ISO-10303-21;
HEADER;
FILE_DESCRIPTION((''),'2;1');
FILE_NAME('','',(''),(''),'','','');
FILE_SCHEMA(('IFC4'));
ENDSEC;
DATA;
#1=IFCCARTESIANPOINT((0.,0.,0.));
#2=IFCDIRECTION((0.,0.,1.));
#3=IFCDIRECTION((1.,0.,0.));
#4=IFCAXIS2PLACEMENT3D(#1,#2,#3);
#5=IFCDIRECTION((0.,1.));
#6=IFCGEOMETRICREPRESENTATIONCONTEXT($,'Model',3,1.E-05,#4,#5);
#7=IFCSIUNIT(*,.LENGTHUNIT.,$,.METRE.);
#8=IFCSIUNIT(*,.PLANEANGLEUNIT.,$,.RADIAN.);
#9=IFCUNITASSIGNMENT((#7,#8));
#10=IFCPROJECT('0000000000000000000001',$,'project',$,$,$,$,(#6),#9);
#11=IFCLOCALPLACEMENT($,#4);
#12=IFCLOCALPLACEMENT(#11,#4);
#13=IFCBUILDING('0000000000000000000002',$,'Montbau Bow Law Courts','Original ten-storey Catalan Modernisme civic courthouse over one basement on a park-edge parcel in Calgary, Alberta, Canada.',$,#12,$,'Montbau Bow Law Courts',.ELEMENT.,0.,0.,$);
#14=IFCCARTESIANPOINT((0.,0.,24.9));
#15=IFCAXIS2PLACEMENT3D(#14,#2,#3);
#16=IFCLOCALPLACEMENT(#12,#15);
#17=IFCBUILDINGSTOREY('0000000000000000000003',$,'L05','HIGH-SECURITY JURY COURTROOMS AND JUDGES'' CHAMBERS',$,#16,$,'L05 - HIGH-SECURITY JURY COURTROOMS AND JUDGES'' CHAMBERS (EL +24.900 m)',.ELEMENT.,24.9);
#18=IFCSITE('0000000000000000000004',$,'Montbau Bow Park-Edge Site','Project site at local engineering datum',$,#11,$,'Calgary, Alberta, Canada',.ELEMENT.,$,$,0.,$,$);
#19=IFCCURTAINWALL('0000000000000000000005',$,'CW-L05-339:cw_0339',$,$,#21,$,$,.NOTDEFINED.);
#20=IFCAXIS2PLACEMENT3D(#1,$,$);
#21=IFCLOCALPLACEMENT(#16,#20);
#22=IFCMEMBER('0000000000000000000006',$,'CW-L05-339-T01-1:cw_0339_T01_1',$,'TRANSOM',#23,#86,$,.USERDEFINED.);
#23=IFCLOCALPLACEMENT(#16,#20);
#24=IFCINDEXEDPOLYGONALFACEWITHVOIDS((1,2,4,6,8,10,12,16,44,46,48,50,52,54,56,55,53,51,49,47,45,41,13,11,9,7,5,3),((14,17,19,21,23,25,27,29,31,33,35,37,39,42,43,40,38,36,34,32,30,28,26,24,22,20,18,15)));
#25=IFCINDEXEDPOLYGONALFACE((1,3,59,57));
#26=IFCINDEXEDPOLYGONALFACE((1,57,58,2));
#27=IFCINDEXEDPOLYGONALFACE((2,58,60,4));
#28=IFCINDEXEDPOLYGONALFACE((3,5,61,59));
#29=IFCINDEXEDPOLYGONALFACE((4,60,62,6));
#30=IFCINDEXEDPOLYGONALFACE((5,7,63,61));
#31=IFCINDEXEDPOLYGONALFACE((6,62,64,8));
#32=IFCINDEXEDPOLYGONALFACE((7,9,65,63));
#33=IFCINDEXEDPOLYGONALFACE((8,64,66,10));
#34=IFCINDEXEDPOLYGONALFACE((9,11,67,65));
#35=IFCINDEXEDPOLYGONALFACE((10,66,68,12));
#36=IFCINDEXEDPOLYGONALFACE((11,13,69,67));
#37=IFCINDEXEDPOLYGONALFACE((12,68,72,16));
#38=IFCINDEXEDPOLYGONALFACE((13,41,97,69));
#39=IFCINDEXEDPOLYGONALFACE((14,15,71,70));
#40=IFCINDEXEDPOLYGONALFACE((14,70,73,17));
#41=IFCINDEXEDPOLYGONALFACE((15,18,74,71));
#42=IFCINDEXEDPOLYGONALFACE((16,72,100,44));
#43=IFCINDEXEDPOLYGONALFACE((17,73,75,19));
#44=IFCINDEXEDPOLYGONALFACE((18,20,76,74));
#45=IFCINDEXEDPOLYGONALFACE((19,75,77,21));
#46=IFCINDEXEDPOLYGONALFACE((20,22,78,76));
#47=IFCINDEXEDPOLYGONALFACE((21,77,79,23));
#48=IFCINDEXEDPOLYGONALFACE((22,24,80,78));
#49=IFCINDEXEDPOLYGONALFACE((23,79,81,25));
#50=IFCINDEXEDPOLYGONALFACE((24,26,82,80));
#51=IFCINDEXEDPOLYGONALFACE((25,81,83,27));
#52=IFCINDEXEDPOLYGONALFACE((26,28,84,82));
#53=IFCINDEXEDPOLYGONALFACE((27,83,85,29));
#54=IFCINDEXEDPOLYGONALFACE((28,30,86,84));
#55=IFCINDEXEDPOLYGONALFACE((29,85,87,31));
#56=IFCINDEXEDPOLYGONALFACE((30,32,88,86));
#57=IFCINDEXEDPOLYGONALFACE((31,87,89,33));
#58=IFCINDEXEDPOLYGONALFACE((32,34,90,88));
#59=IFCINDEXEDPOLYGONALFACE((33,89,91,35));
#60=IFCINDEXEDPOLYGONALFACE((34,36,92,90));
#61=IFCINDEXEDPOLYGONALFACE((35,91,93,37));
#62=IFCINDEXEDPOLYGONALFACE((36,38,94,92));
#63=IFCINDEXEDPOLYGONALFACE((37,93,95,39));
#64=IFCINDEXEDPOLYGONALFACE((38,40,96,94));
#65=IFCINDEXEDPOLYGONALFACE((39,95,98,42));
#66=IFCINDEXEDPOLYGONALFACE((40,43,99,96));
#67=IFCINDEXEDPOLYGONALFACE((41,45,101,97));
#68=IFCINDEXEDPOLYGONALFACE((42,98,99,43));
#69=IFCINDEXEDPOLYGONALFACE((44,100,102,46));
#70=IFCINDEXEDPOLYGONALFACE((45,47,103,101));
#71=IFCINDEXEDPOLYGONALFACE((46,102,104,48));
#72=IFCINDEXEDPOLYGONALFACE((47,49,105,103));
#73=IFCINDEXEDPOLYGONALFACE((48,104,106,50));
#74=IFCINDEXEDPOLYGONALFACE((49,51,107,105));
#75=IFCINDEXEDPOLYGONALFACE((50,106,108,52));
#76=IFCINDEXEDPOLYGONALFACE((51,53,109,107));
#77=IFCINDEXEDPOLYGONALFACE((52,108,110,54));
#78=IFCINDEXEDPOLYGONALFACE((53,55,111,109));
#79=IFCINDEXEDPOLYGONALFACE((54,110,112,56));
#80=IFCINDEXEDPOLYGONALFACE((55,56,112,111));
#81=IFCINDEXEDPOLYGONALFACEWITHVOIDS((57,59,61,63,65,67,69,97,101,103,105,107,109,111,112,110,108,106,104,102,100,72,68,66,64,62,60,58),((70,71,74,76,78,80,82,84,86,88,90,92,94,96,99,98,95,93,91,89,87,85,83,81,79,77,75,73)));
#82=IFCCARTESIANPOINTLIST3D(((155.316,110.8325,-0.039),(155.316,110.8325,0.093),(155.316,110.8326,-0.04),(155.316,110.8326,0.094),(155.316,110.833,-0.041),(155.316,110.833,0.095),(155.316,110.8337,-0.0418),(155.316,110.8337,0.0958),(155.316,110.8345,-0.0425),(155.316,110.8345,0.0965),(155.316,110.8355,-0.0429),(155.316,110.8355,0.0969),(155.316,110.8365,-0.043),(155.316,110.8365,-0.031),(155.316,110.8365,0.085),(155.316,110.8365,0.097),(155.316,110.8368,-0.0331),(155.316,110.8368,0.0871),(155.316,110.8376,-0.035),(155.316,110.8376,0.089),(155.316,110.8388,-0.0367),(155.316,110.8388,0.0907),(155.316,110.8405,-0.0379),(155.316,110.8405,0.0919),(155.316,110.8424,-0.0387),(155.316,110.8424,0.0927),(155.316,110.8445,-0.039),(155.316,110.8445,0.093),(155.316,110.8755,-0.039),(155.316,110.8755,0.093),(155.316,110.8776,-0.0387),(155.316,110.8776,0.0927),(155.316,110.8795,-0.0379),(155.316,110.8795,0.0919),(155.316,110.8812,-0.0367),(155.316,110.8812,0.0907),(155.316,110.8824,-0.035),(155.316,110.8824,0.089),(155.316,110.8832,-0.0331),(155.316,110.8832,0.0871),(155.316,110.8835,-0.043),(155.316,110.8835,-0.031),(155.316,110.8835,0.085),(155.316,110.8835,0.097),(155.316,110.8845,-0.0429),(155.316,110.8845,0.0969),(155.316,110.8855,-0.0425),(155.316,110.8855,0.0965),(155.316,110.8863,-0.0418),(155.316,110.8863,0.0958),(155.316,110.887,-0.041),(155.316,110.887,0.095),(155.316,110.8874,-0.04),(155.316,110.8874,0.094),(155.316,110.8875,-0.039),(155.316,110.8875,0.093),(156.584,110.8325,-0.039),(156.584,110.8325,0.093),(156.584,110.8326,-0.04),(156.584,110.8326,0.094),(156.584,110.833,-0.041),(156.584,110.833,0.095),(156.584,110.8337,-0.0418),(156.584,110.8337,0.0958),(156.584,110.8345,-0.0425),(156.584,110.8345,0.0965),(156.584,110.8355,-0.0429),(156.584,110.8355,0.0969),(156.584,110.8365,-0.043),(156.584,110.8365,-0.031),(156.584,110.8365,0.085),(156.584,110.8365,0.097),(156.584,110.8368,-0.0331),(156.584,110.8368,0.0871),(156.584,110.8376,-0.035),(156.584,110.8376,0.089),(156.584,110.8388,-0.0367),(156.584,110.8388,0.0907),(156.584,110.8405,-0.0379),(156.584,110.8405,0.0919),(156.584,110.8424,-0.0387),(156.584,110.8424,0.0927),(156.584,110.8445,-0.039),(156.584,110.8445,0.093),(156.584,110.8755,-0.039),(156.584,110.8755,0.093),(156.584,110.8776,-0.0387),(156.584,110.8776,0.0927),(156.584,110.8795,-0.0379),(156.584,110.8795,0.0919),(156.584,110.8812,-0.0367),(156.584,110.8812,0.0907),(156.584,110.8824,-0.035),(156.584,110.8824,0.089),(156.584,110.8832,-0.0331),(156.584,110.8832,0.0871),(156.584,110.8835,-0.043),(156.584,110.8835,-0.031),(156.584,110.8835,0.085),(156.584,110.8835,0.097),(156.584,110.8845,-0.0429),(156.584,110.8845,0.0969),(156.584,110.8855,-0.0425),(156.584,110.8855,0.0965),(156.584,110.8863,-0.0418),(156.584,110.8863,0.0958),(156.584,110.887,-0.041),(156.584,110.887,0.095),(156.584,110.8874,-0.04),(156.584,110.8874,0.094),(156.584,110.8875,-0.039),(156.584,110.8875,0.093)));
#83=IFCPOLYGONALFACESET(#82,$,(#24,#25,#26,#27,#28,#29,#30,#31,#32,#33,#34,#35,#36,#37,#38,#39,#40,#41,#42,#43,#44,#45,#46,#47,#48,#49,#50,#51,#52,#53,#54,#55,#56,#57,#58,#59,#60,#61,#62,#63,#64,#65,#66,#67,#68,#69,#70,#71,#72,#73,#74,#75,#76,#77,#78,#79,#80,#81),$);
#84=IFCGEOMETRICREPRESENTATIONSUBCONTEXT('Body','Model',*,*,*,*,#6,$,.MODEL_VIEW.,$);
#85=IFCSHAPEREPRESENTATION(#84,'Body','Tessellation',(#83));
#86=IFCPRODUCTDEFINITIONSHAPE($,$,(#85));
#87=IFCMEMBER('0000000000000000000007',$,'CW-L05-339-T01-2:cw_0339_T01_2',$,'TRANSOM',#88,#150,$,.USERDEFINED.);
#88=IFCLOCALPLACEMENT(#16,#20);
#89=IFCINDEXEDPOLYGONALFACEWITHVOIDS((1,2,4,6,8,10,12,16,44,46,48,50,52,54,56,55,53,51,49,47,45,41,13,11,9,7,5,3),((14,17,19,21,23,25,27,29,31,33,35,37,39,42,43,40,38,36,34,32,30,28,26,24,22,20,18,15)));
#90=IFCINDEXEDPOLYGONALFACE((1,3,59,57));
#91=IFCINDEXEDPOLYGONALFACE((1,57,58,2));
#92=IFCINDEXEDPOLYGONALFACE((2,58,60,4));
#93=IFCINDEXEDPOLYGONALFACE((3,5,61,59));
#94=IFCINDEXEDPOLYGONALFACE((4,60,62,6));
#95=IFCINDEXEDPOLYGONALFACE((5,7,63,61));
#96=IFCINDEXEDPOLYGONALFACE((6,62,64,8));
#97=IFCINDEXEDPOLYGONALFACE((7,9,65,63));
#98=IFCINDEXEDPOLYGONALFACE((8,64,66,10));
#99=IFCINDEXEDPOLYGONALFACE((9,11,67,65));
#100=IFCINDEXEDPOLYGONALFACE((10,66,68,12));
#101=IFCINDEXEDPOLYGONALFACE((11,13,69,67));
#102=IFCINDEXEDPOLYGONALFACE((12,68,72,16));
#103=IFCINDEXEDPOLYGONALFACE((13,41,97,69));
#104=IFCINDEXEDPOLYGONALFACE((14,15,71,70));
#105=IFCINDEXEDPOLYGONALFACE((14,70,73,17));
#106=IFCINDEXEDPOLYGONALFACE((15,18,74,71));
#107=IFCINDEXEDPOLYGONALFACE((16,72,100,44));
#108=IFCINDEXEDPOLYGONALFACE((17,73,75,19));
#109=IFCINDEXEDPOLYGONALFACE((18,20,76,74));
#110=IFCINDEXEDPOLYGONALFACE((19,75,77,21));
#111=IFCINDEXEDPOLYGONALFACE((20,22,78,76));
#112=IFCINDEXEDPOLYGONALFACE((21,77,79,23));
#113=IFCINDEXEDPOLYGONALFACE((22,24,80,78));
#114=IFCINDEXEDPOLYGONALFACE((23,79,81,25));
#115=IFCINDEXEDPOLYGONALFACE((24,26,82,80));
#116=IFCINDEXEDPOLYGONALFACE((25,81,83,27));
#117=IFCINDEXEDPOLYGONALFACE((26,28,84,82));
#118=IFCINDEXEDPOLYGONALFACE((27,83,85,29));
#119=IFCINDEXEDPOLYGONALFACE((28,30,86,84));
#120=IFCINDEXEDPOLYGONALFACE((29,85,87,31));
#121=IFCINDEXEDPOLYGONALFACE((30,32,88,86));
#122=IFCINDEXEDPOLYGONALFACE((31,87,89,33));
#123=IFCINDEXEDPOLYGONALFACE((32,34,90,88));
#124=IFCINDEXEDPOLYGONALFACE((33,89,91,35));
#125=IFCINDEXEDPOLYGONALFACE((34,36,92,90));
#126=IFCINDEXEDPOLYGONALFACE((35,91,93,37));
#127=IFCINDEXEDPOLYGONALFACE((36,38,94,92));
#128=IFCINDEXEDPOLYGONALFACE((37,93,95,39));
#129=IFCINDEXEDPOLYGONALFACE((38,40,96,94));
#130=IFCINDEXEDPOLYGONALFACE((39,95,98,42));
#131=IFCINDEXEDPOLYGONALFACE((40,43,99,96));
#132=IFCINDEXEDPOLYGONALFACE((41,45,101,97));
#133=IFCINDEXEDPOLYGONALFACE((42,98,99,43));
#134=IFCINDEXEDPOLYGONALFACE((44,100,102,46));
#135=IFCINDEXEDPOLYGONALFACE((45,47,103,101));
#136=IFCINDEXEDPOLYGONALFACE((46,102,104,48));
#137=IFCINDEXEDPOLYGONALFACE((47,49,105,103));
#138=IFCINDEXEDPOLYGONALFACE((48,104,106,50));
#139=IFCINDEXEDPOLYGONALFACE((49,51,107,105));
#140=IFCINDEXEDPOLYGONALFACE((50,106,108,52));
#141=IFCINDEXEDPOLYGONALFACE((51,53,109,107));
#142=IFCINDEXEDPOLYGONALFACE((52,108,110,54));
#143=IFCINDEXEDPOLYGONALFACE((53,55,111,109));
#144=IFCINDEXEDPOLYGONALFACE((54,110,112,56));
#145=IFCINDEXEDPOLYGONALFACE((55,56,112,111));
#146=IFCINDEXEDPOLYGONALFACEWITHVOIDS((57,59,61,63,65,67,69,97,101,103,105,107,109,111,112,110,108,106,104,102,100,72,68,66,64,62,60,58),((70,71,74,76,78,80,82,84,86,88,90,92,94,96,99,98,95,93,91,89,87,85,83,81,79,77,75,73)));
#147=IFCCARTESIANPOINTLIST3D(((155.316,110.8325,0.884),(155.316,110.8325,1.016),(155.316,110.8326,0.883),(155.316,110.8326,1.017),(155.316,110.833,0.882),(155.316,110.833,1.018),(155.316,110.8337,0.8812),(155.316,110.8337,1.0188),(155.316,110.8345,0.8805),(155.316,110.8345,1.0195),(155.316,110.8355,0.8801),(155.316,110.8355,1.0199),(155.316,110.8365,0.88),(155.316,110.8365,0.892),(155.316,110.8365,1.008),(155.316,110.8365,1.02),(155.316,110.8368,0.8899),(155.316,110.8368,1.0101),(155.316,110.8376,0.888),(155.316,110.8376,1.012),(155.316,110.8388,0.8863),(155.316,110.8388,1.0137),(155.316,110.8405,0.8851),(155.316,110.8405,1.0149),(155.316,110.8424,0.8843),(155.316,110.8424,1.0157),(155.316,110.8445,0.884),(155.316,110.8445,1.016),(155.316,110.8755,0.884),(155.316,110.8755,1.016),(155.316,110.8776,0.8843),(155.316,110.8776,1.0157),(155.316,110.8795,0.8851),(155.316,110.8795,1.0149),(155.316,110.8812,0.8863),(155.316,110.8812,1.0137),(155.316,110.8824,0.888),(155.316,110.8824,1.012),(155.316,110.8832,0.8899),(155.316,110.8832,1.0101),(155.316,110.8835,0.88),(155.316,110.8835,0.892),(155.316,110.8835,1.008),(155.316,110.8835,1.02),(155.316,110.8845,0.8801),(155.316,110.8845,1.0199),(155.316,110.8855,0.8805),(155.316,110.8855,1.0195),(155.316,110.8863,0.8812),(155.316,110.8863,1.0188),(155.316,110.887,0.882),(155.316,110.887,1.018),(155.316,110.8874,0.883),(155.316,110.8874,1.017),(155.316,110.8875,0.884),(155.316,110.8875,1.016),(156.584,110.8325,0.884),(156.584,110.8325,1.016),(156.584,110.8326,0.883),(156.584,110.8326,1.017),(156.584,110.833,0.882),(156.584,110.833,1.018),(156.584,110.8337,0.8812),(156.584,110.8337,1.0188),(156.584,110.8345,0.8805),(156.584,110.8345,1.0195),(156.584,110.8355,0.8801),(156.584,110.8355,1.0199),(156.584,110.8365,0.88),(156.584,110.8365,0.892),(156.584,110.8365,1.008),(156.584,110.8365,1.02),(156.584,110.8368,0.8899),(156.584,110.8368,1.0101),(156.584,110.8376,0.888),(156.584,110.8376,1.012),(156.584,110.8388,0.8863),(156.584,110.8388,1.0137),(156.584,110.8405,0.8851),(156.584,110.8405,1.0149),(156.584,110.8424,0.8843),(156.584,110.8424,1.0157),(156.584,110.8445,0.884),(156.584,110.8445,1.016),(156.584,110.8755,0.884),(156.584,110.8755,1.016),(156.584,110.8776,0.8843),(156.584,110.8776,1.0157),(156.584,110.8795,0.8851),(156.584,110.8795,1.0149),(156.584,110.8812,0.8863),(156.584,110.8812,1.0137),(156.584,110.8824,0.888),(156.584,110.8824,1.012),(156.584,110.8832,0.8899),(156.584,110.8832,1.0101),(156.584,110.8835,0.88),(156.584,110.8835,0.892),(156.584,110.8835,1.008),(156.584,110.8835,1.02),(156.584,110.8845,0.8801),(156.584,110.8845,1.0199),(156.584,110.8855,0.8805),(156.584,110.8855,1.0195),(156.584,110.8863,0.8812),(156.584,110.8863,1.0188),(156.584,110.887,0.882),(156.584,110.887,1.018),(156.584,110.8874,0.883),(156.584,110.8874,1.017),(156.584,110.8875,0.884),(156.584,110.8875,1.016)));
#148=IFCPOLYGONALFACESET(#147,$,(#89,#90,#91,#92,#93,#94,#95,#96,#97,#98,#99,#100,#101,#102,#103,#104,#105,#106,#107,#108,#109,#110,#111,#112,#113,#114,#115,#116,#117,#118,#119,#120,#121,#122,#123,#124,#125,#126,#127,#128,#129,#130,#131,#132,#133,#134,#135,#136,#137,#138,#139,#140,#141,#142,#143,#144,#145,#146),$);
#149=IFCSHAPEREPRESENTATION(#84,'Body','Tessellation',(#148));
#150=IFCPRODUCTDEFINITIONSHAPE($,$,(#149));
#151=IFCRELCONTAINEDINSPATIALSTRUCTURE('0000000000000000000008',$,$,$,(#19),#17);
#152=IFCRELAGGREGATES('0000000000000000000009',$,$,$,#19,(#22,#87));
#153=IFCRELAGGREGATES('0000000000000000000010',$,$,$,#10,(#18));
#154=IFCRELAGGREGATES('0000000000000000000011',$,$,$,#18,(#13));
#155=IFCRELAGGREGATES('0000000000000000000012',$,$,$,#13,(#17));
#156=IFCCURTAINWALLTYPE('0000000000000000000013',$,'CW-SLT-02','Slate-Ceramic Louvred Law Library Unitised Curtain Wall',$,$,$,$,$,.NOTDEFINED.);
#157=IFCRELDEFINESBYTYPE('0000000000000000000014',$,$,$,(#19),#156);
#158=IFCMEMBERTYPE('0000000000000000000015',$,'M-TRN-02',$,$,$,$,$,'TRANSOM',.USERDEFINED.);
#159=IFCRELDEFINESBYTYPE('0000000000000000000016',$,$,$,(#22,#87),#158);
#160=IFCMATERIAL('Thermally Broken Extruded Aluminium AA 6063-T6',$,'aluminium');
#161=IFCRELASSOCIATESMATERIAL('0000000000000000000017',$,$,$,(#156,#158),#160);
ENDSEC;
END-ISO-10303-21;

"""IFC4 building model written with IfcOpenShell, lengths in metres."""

from ifc_helpers import new_model, si_unit, direction, frame, origin_with_axes, origin_2d_with_axis, place, context, subcontext, project, spatial, hollow_rectangle, extrude, material, material_profile, profile_set, type_object, element, aggregate, save


model = new_model("IFC4")

# Units and contexts
model_context = context("Model", 3, precision=1e-05, world=origin_with_axes(), true_north=direction((0.0, 1.0)))
body_context = subcontext(model_context, "Body", "Model", "MODEL_VIEW")
ifc_project = project(units=[si_unit("LENGTHUNIT", "METRE"), si_unit("PLANEANGLEUNIT", "RADIAN")], contexts=[model_context])

# Site, building, storey
site_placement = place(None, origin_with_axes())
site = spatial("IfcSite", under=ifc_project, at=site_placement, Name="Montbau Bow Park-Edge Site", Description="Project site at local engineering datum", LongName="Calgary, Alberta, Canada", CompositionType="ELEMENT", RefElevation=0.0)
building_placement = place(site_placement, origin_with_axes())
building = spatial("IfcBuilding", under=site, at=building_placement, Name="Montbau Bow Law Courts", Description="Original ten-storey Catalan Modernisme civic courthouse over one basement on a park-edge parcel in Calgary, Alberta, Canada.", LongName="Montbau Bow Law Courts", CompositionType="ELEMENT", ElevationOfRefHeight=0.0, ElevationOfTerrain=0.0)
storey_placement = place(building_placement, frame((0.0, 0.0, 24.9), z_axis=(0.0, 0.0, 1.0), x_axis=(1.0, 0.0, 0.0)))
storey = spatial("IfcBuildingStorey", under=building, at=storey_placement, Name="L05", Description="HIGH-SECURITY JURY COURTROOMS AND JUDGES' CHAMBERS", LongName="L05 - HIGH-SECURITY JURY COURTROOMS AND JUDGES' CHAMBERS (EL +24.900 m)", CompositionType="ELEMENT", Elevation=24.9)

# Curtain wall, members
ifc_material_1 = material(Name="Thermally Broken Extruded Aluminium AA 6063-T6", Category="aluminium")
curtain_wall_type = type_object("IfcCurtainWallType", Name="CW-SLT-02", Description="Slate-Ceramic Louvred Law Library Unitised Curtain Wall", PredefinedType="NOTDEFINED", material=ifc_material_1)
curtain_wall_placement = place(None, frame((155.24, 110.86, 24.9), z_axis=(0.0, 0.0, 1.0), x_axis=(1.0, 0.0, 0.0)))
curtain_wall = element("IfcCurtainWall", 1, at=curtain_wall_placement, inside=storey, type_object=curtain_wall_type, Name="CW-L05-339:cw_0339", PredefinedType="NOTDEFINED")
ifc_material_profile_1 = material_profile(ifc_material_1, hollow_rectangle(XDim=0.055, YDim=0.14, WallThickness=0.004, InnerFilletRadius=0.008, OuterFilletRadius=0.004, at=origin_2d_with_axis()), Name="CWT-140X55", Category="Main", Priority=0)
ifc_profile_set_1 = profile_set([ifc_material_profile_1], Name="Thermally Broken Extruded Aluminium AA 6063-T6")
member_type_1 = type_object("IfcMemberType", Name="M-TRN-02", ElementType="TRANSOM", PredefinedType="USERDEFINED", material=ifc_profile_set_1)
member_1_placement = place(None, frame((155.316, 110.86, 24.927), z_axis=(1.0, 0.0, 0.0), x_axis=(0.0, 1.0, 0.0)))
member_1 = element("IfcMember", 2, at=member_1_placement, type_object=member_type_1, Name="CW-L05-339-T01-1:cw_0339_T01_1", ObjectType="TRANSOM", PredefinedType="USERDEFINED", context=body_context, shape_type="SweptSolid", body=[
    extrude(hollow_rectangle(XDim=0.055, YDim=0.14, WallThickness=0.004, InnerFilletRadius=0.008, OuterFilletRadius=0.004, at=origin_2d_with_axis()), origin_with_axes(), (0.0, 0.0, 1.0), 1.268),
])
member_2_placement = place(None, frame((155.316, 110.86, 25.85), z_axis=(1.0, 0.0, 0.0), x_axis=(0.0, 1.0, 0.0)))
member_2 = element("IfcMember", 3, at=member_2_placement, type_object=member_type_1, Name="CW-L05-339-T01-2:cw_0339_T01_2", ObjectType="TRANSOM", PredefinedType="USERDEFINED", context=body_context, shape_type="SweptSolid", body=[
    extrude(hollow_rectangle(XDim=0.055, YDim=0.14, WallThickness=0.004, InnerFilletRadius=0.008, OuterFilletRadius=0.004, at=origin_2d_with_axis()), origin_with_axes(), (0.0, 0.0, 1.0), 1.268),
])
aggregate(curtain_wall, [member_1, member_2])

save(model, "model.ifc")
